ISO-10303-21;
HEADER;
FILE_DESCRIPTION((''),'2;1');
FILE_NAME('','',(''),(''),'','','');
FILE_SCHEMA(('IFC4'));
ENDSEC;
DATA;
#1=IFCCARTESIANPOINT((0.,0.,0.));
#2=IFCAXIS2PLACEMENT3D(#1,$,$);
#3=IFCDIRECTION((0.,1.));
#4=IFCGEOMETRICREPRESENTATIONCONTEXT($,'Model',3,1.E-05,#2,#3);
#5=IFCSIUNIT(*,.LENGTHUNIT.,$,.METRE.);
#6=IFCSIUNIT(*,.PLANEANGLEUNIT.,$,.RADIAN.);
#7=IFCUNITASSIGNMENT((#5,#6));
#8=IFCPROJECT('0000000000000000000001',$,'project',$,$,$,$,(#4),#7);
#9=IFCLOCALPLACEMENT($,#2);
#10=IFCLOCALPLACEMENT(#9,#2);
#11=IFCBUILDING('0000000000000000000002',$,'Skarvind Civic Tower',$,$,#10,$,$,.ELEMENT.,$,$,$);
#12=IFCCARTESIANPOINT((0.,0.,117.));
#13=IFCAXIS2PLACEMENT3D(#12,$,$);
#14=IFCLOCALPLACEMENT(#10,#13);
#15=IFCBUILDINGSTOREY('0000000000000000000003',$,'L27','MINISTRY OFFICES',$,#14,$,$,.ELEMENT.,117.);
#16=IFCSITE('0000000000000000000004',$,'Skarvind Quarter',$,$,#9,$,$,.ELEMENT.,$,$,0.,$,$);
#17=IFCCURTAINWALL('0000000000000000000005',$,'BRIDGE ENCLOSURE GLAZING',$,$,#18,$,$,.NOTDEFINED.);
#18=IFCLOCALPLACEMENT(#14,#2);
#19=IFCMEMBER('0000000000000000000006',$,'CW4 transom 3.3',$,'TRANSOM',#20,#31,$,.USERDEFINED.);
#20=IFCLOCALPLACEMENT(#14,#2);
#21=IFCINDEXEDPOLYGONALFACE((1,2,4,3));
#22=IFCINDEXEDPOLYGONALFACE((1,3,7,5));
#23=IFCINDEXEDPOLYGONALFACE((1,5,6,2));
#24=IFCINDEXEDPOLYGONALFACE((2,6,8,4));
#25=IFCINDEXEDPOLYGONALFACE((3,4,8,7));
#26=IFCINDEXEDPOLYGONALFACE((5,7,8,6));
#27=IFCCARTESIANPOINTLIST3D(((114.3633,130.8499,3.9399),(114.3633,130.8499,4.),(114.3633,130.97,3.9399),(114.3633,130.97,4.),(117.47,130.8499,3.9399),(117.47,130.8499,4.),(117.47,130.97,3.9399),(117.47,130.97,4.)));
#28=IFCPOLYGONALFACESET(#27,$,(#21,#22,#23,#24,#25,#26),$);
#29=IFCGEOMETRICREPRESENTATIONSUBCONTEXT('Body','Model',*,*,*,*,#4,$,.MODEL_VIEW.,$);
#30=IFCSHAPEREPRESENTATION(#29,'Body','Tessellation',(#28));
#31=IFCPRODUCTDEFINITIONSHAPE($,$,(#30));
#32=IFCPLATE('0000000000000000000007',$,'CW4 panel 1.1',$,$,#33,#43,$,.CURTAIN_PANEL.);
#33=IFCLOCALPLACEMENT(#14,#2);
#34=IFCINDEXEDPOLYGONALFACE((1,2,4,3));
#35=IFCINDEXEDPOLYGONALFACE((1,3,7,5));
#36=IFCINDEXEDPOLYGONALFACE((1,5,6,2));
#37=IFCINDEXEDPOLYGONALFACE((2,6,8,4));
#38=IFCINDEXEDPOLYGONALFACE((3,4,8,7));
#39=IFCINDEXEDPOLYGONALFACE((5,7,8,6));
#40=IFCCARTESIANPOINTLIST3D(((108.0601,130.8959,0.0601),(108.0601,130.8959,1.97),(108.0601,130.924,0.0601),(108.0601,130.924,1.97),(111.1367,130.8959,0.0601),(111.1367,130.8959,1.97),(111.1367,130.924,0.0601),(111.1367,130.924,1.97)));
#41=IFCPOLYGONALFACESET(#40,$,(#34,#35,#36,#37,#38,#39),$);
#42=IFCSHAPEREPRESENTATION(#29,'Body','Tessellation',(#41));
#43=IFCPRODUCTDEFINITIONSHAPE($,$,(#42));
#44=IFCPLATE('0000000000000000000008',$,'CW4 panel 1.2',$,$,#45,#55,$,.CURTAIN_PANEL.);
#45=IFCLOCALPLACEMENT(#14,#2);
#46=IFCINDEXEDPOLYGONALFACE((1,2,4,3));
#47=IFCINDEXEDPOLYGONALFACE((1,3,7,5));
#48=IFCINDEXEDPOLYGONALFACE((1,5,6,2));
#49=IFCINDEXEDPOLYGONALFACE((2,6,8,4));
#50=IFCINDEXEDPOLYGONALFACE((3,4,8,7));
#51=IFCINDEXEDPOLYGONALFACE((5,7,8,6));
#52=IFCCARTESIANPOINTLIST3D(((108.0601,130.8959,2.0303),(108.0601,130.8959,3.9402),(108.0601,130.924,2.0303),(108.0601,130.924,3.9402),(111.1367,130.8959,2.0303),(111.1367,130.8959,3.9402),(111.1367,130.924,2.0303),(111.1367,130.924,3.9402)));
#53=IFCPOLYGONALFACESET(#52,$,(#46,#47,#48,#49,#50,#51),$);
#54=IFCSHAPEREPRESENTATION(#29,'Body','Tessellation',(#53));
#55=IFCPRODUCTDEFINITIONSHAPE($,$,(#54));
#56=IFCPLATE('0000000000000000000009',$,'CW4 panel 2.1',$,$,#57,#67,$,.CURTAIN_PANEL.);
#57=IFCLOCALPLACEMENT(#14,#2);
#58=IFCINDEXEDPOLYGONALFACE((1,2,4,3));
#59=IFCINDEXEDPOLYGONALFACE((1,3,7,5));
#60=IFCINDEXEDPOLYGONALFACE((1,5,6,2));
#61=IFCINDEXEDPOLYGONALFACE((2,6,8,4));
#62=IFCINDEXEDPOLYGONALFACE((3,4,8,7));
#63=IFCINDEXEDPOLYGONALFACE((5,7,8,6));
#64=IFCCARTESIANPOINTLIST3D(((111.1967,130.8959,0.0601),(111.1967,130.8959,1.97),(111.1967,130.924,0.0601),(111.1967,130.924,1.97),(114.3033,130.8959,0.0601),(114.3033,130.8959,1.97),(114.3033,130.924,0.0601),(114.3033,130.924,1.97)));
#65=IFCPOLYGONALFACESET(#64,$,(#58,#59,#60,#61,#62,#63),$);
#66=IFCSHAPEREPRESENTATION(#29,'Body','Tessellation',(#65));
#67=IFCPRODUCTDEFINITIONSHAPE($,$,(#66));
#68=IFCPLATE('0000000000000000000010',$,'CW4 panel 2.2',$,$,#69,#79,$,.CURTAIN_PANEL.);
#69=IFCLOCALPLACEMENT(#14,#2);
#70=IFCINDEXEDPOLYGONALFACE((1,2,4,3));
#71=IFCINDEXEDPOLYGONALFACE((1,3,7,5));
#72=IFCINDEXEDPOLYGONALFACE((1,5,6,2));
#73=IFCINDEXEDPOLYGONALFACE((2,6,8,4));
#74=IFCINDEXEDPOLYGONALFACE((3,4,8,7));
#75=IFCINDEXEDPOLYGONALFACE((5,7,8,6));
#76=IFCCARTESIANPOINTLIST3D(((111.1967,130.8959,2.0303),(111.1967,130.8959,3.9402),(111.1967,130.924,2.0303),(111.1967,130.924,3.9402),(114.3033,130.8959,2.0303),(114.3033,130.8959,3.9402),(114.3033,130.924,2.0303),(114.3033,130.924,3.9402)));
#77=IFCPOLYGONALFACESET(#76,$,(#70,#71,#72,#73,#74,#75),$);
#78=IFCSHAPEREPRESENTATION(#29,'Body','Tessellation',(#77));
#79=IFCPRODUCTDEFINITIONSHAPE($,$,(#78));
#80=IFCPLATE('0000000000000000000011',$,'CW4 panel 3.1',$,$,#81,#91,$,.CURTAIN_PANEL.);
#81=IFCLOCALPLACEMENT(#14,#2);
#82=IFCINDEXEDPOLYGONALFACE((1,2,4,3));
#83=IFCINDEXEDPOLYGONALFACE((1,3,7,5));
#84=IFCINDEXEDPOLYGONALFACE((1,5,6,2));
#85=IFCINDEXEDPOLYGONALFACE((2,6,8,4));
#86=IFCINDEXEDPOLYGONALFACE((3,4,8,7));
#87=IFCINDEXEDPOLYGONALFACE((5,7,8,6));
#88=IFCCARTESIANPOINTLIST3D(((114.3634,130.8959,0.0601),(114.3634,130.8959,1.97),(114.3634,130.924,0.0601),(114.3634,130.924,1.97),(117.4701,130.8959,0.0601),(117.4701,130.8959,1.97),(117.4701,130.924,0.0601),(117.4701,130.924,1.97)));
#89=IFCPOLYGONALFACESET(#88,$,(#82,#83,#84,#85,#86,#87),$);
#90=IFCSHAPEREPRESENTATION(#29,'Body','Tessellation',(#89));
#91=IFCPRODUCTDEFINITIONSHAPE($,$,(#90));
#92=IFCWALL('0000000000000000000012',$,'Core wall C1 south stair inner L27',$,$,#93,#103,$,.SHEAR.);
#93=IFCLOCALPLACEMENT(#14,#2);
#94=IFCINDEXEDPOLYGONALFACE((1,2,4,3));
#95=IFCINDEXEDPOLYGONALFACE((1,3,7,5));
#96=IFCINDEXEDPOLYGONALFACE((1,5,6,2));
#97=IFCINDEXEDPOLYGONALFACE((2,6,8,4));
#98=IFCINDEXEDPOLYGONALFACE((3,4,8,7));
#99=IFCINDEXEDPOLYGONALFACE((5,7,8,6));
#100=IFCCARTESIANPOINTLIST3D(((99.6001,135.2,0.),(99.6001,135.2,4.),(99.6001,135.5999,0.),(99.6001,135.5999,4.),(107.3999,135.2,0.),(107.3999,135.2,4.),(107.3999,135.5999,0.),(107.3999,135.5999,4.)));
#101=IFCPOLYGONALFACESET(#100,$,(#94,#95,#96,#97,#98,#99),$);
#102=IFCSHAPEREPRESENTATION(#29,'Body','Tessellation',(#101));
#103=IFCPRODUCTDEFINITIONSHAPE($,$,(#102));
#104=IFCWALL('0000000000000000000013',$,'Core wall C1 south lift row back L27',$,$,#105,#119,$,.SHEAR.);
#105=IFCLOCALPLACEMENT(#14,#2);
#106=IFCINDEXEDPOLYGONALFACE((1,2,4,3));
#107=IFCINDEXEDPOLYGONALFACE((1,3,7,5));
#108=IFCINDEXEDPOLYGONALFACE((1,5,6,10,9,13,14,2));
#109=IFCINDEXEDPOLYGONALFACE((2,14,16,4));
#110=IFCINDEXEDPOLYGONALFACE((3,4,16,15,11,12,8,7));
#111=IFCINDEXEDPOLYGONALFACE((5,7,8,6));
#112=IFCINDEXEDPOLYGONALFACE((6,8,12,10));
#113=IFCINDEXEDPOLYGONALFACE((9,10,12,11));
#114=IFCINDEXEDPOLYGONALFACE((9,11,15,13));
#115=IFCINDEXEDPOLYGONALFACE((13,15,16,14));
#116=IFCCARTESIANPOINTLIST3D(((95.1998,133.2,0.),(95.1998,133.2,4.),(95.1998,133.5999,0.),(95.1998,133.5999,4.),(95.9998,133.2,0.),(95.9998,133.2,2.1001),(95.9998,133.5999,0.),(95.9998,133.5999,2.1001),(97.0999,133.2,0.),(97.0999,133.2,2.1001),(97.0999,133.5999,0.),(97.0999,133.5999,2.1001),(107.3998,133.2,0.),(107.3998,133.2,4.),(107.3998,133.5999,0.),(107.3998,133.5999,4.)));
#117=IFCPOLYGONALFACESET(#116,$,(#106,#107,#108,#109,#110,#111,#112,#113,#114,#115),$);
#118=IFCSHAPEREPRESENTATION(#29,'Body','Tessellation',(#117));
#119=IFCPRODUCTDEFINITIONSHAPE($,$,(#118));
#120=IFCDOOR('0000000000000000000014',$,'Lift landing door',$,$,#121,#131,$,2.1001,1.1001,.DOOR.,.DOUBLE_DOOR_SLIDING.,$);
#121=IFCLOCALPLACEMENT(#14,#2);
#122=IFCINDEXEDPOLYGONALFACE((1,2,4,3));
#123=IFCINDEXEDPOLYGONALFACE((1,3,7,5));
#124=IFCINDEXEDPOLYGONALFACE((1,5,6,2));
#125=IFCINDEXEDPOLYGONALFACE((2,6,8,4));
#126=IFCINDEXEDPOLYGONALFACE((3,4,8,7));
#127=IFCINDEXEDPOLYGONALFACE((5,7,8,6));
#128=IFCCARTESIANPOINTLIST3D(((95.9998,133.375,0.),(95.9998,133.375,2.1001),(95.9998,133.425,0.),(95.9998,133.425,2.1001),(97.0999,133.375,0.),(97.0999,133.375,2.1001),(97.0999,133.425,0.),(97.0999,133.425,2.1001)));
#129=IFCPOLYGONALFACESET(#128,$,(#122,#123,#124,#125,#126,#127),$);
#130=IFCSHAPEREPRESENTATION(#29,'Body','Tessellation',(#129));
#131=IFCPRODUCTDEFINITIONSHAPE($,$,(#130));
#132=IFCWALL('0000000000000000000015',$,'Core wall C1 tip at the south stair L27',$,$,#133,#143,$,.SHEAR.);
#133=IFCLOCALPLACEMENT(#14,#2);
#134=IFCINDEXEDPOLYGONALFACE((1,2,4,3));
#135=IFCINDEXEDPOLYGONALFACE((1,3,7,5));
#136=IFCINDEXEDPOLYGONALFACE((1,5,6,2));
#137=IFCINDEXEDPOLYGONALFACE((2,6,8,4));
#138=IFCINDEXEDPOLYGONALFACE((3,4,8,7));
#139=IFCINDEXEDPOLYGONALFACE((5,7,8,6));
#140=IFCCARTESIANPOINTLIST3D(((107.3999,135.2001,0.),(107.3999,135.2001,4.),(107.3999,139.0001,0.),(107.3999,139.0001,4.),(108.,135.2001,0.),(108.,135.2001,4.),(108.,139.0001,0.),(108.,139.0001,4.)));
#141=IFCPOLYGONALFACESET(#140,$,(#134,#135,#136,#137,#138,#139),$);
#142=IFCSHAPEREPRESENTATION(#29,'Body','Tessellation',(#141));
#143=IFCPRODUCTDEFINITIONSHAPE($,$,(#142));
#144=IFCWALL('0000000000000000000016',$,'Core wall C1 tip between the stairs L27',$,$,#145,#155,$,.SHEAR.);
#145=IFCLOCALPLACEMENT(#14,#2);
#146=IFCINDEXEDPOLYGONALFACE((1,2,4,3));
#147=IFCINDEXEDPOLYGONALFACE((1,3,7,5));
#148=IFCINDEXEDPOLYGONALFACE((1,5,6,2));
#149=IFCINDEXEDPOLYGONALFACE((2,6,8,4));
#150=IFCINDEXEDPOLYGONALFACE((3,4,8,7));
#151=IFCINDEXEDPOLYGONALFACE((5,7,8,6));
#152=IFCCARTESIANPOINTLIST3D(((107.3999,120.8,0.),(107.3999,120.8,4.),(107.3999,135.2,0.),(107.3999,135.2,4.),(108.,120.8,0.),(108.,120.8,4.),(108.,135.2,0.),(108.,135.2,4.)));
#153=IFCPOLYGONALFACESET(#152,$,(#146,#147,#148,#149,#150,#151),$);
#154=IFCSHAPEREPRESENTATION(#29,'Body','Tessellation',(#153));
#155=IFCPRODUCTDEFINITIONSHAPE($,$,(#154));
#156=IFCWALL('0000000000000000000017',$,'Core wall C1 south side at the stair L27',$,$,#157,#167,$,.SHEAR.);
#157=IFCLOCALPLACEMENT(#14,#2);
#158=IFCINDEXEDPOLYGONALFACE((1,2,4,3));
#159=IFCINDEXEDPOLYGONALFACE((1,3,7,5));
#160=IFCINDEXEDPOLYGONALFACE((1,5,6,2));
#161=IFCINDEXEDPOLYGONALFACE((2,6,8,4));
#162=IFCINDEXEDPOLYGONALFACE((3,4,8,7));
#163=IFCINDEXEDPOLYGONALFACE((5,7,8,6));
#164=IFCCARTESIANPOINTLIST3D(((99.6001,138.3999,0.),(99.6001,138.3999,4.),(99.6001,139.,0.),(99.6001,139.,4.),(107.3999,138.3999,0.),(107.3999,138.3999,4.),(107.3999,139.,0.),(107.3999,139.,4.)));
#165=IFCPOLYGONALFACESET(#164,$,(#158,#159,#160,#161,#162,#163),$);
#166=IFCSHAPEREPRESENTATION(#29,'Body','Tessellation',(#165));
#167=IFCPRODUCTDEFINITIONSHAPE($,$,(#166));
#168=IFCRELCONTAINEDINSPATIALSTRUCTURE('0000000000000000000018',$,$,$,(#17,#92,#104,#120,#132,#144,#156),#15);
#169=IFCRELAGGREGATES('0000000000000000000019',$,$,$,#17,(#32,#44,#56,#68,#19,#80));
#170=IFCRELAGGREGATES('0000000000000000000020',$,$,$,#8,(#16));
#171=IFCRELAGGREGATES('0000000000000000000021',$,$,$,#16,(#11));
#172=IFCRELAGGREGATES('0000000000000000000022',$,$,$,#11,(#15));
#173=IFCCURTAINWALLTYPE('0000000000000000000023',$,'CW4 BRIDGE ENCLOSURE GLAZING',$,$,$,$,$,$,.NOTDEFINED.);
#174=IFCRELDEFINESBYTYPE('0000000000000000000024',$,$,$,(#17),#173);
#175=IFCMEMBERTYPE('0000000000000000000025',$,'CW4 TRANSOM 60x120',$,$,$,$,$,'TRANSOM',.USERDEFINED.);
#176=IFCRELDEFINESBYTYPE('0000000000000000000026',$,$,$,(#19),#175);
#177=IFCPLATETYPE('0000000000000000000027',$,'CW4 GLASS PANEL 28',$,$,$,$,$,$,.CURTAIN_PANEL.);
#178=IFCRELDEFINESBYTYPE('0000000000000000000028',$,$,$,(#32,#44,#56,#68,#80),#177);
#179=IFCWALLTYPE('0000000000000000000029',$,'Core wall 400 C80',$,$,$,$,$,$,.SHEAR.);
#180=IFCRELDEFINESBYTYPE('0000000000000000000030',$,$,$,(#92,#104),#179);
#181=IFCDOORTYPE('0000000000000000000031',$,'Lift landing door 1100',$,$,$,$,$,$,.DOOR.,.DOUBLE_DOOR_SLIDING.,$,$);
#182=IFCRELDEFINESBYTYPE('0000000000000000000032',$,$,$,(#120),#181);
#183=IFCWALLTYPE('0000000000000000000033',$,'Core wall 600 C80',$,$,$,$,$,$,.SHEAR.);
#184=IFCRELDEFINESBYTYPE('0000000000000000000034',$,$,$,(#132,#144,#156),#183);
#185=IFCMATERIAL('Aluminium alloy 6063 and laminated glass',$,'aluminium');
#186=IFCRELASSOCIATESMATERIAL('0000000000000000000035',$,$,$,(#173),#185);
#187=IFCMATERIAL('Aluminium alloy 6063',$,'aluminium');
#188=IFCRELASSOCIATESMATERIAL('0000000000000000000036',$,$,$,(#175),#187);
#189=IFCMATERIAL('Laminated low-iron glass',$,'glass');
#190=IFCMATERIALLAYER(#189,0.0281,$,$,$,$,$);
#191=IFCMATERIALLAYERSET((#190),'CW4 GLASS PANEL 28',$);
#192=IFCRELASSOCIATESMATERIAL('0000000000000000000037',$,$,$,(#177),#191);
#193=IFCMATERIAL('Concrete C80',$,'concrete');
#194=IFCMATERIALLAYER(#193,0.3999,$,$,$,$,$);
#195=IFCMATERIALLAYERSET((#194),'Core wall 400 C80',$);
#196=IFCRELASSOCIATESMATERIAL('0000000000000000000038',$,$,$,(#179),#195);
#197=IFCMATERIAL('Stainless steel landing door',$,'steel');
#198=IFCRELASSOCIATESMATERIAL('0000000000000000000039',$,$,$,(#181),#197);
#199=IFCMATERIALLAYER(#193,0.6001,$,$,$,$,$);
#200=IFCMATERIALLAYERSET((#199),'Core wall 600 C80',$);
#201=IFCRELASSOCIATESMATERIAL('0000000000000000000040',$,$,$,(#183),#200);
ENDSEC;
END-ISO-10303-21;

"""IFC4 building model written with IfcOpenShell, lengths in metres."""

from ifc_helpers import new_model, si_unit, direction, frame, frame_2d, origin, origin_2d, place, context, subcontext, project, spatial, rectangle, extrude, material, layer, layer_set, material_profile, profile_set, type_object, element, fill, aggregate, save


model = new_model("IFC4")

# Units and contexts
model_context = context("Model", 3, precision=1e-05, world=origin(), true_north=direction((0.0, 1.0)))
body_context = subcontext(model_context, "Body", "Model", "MODEL_VIEW")
ifc_project = project(units=[si_unit("LENGTHUNIT", "METRE"), si_unit("PLANEANGLEUNIT", "RADIAN")], contexts=[model_context])

# Site, building, storey
site_placement = place(None, origin())
site = spatial("IfcSite", under=ifc_project, at=site_placement, Name="Skarvind Quarter", CompositionType="ELEMENT", RefElevation=0.0)
building_placement = place(site_placement, origin())
building = spatial("IfcBuilding", under=site, at=building_placement, Name="Skarvind Civic Tower", CompositionType="ELEMENT")
storey_placement = place(building_placement, frame((0.0, 0.0, 117.0)))
storey = spatial("IfcBuildingStorey", under=building, at=storey_placement, Name="L27", Description="MINISTRY OFFICES", CompositionType="ELEMENT", Elevation=117.0)

# Curtain wall, member, plates
ifc_material_1 = material(Name="Aluminium alloy 6063 and laminated glass", Category="aluminium")
curtain_wall_type = type_object("IfcCurtainWallType", Name="CW4 BRIDGE ENCLOSURE GLAZING", PredefinedType="NOTDEFINED", material=ifc_material_1)
curtain_wall_placement = place(storey_placement, origin())
curtain_wall = element("IfcCurtainWall", 1, at=curtain_wall_placement, inside=storey, type_object=curtain_wall_type, Name="BRIDGE ENCLOSURE GLAZING", PredefinedType="NOTDEFINED")
ifc_material_2 = material(Name="Aluminium alloy 6063", Category="aluminium")
ifc_material_profile_1 = material_profile(ifc_material_2, rectangle(XDim=0.1201, YDim=0.0601, at=origin_2d()), Name="AL 60x120")
ifc_profile_set_1 = profile_set([ifc_material_profile_1], Name="Aluminium alloy 6063")
member_type_1 = type_object("IfcMemberType", Name="CW4 TRANSOM 60x120", ElementType="TRANSOM", PredefinedType="USERDEFINED", material=ifc_profile_set_1)
member_1_placement = place(storey_placement, frame((114.3633, 130.9099, 3.97), z_axis=(1.0, 0.0, 0.0), x_axis=(0.0, 1.0, 0.0)))
member_1 = element("IfcMember", 2, at=member_1_placement, type_object=member_type_1, Name="CW4 transom 3.3", ObjectType="TRANSOM", PredefinedType="USERDEFINED", context=body_context, shape_type="SweptSolid", body=[
    extrude(rectangle(XDim=0.1201, YDim=0.0601, at=origin_2d()), origin(), (0.0, 0.0, 1.0), 3.1067),
])
ifc_material_3 = material(Name="Laminated low-iron glass", Category="glass")
ifc_layer_1 = layer(ifc_material_3, 0.0281)
ifc_layer_set_1 = layer_set([ifc_layer_1], Name="CW4 GLASS PANEL 28")
plate_type = type_object("IfcPlateType", Name="CW4 GLASS PANEL 28", PredefinedType="CURTAIN_PANEL", material=ifc_layer_set_1)
plate_1_placement = place(storey_placement, frame((109.5984, 130.9099, 0.0601), z_axis=(0.0, 0.0, 1.0), x_axis=(1.0, 0.0, 0.0)))
plate_1 = element("IfcPlate", 3, at=plate_1_placement, type_object=plate_type, Name="CW4 panel 1.1", PredefinedType="CURTAIN_PANEL", context=body_context, shape_type="SweptSolid", body=[
    extrude(rectangle(XDim=3.0767, YDim=0.0281, at=origin_2d()), origin(), (0.0, 0.0, 1.0), 1.9099),
])
plate_2_placement = place(storey_placement, frame((109.5984, 130.9099, 2.0303), z_axis=(0.0, 0.0, 1.0), x_axis=(1.0, 0.0, 0.0)))
plate_2 = element("IfcPlate", 4, at=plate_2_placement, type_object=plate_type, Name="CW4 panel 1.2", PredefinedType="CURTAIN_PANEL", context=body_context, shape_type="SweptSolid", body=[
    extrude(rectangle(XDim=3.0767, YDim=0.0281, at=origin_2d()), origin(), (0.0, 0.0, 1.0), 1.9099),
])
plate_3_placement = place(storey_placement, frame((112.75, 130.9099, 0.0601), z_axis=(0.0, 0.0, 1.0), x_axis=(1.0, 0.0, 0.0)))
plate_3 = element("IfcPlate", 5, at=plate_3_placement, type_object=plate_type, Name="CW4 panel 2.1", PredefinedType="CURTAIN_PANEL", context=body_context, shape_type="SweptSolid", body=[
    extrude(rectangle(XDim=3.1067, YDim=0.0281, at=origin_2d()), origin(), (0.0, 0.0, 1.0), 1.9099),
])
plate_4_placement = place(storey_placement, frame((112.75, 130.9099, 2.0303), z_axis=(0.0, 0.0, 1.0), x_axis=(1.0, 0.0, 0.0)))
plate_4 = element("IfcPlate", 6, at=plate_4_placement, type_object=plate_type, Name="CW4 panel 2.2", PredefinedType="CURTAIN_PANEL", context=body_context, shape_type="SweptSolid", body=[
    extrude(rectangle(XDim=3.1067, YDim=0.0281, at=origin_2d()), origin(), (0.0, 0.0, 1.0), 1.9099),
])
plate_5_placement = place(storey_placement, frame((115.9167, 130.9099, 0.0601), z_axis=(0.0, 0.0, 1.0), x_axis=(1.0, 0.0, 0.0)))
plate_5 = element("IfcPlate", 7, at=plate_5_placement, type_object=plate_type, Name="CW4 panel 3.1", PredefinedType="CURTAIN_PANEL", context=body_context, shape_type="SweptSolid", body=[
    extrude(rectangle(XDim=3.1067, YDim=0.0281, at=origin_2d()), origin(), (0.0, 0.0, 1.0), 1.9099),
])
aggregate(curtain_wall, [plate_1, plate_2, plate_3, plate_4, member_1, plate_5])

# Wall
ifc_material_4 = material(Name="Concrete C80", Category="concrete")
ifc_layer_2 = layer(ifc_material_4, 0.3999)
ifc_layer_set_2 = layer_set([ifc_layer_2], Name="Core wall 400 C80")
wall_type_1 = type_object("IfcWallType", Name="Core wall 400 C80", PredefinedType="SHEAR", material=ifc_layer_set_2)
wall_1_placement = place(storey_placement, frame((107.3999, 135.3999, 0.0), z_axis=(0.0, 0.0, 1.0), x_axis=(-1.0, 0.0, 0.0)))
element("IfcWall", 8, at=wall_1_placement, inside=storey, type_object=wall_type_1, Name="Core wall C1 south stair inner L27", PredefinedType="SHEAR", context=body_context, shape_type="SweptSolid", body=[
    extrude(rectangle(XDim=7.7998, YDim=0.3999, at=frame_2d((3.8999, 0.0))), origin(), (0.0, 0.0, 1.0), 4.0),
])

# Wall, opening, door
wall_2_placement = place(storey_placement, frame((107.3999, 133.3999, 0.0), z_axis=(0.0, 0.0, 1.0), x_axis=(-1.0, 0.0, 0.0)))
wall_2 = element("IfcWall", 9, at=wall_2_placement, inside=storey, type_object=wall_type_1, Name="Core wall C1 south lift row back L27", PredefinedType="SHEAR", context=body_context, shape_type="SweptSolid", body=[
    extrude(rectangle(XDim=12.2, YDim=0.3999, at=frame_2d((6.1001, 0.0))), origin(), (0.0, 0.0, 1.0), 4.0),
])
opening_placement = place(wall_2_placement, frame((10.3, 0.0, 0.0)))
opening = element("IfcOpeningElement", 10, at=opening_placement, cuts=wall_2, PredefinedType="OPENING", context=body_context, shape_type="SweptSolid", body=[
    extrude(rectangle(XDim=1.1001, YDim=2.1001, at=frame_2d((0.55, 1.05))), frame((0.0, 0.21, 0.0), z_axis=(0.0, -1.0, 0.0), x_axis=(1.0, 0.0, 0.0)), (0.0, 0.0, 1.0), 0.4199),
])
ifc_material_5 = material(Name="Stainless steel landing door", Category="steel")
door_type = type_object("IfcDoorType", Name="Lift landing door 1100", OperationType="DOUBLE_DOOR_SLIDING", PredefinedType="DOOR", material=ifc_material_5)
door_placement = place(opening_placement, origin())
door = element("IfcDoor", 11, at=door_placement, inside=storey, type_object=door_type, Name="Lift landing door", OperationType="DOUBLE_DOOR_SLIDING", OverallHeight=2.1001, OverallWidth=1.1001, PredefinedType="DOOR", context=body_context, shape_type="SweptSolid", body=[
    extrude(rectangle(XDim=1.1001, YDim=2.1001, at=frame_2d((0.55, 1.05))), frame((0.0, 0.0249, 0.0), z_axis=(0.0, -1.0, 0.0), x_axis=(1.0, 0.0, 0.0)), (0.0, 0.0, 1.0), 0.05),
])
fill(opening, door)

# Walls
ifc_layer_3 = layer(ifc_material_4, 0.6001)
ifc_layer_set_3 = layer_set([ifc_layer_3], Name="Core wall 600 C80")
wall_type_2 = type_object("IfcWallType", Name="Core wall 600 C80", PredefinedType="SHEAR", material=ifc_layer_set_3)
wall_3_placement = place(storey_placement, frame((107.7, 139.0, 0.0), z_axis=(0.0, 0.0, 1.0), x_axis=(0.0, -1.0, 0.0)))
element("IfcWall", 12, at=wall_3_placement, inside=storey, type_object=wall_type_2, Name="Core wall C1 tip at the south stair L27", PredefinedType="SHEAR", context=body_context, shape_type="SweptSolid", body=[
    extrude(rectangle(XDim=3.8, YDim=0.6001, at=frame_2d((1.8999, 0.0))), origin(), (0.0, 0.0, 1.0), 4.0),
])
wall_4_placement = place(storey_placement, frame((107.7, 135.2, 0.0), z_axis=(0.0, 0.0, 1.0), x_axis=(0.0, -1.0, 0.0)))
element("IfcWall", 13, at=wall_4_placement, inside=storey, type_object=wall_type_2, Name="Core wall C1 tip between the stairs L27", PredefinedType="SHEAR", context=body_context, shape_type="SweptSolid", body=[
    extrude(rectangle(XDim=14.3999, YDim=0.6001, at=frame_2d((7.2, 0.0))), origin(), (0.0, 0.0, 1.0), 4.0),
])
wall_5_placement = place(storey_placement, frame((107.3999, 138.7, 0.0), z_axis=(0.0, 0.0, 1.0), x_axis=(-1.0, 0.0, 0.0)))
element("IfcWall", 14, at=wall_5_placement, inside=storey, type_object=wall_type_2, Name="Core wall C1 south side at the stair L27", PredefinedType="SHEAR", context=body_context, shape_type="SweptSolid", body=[
    extrude(rectangle(XDim=7.7998, YDim=0.6001, at=frame_2d((3.8999, 0.0))), origin(), (0.0, 0.0, 1.0), 4.0),
])

save(model, "model.ifc")
